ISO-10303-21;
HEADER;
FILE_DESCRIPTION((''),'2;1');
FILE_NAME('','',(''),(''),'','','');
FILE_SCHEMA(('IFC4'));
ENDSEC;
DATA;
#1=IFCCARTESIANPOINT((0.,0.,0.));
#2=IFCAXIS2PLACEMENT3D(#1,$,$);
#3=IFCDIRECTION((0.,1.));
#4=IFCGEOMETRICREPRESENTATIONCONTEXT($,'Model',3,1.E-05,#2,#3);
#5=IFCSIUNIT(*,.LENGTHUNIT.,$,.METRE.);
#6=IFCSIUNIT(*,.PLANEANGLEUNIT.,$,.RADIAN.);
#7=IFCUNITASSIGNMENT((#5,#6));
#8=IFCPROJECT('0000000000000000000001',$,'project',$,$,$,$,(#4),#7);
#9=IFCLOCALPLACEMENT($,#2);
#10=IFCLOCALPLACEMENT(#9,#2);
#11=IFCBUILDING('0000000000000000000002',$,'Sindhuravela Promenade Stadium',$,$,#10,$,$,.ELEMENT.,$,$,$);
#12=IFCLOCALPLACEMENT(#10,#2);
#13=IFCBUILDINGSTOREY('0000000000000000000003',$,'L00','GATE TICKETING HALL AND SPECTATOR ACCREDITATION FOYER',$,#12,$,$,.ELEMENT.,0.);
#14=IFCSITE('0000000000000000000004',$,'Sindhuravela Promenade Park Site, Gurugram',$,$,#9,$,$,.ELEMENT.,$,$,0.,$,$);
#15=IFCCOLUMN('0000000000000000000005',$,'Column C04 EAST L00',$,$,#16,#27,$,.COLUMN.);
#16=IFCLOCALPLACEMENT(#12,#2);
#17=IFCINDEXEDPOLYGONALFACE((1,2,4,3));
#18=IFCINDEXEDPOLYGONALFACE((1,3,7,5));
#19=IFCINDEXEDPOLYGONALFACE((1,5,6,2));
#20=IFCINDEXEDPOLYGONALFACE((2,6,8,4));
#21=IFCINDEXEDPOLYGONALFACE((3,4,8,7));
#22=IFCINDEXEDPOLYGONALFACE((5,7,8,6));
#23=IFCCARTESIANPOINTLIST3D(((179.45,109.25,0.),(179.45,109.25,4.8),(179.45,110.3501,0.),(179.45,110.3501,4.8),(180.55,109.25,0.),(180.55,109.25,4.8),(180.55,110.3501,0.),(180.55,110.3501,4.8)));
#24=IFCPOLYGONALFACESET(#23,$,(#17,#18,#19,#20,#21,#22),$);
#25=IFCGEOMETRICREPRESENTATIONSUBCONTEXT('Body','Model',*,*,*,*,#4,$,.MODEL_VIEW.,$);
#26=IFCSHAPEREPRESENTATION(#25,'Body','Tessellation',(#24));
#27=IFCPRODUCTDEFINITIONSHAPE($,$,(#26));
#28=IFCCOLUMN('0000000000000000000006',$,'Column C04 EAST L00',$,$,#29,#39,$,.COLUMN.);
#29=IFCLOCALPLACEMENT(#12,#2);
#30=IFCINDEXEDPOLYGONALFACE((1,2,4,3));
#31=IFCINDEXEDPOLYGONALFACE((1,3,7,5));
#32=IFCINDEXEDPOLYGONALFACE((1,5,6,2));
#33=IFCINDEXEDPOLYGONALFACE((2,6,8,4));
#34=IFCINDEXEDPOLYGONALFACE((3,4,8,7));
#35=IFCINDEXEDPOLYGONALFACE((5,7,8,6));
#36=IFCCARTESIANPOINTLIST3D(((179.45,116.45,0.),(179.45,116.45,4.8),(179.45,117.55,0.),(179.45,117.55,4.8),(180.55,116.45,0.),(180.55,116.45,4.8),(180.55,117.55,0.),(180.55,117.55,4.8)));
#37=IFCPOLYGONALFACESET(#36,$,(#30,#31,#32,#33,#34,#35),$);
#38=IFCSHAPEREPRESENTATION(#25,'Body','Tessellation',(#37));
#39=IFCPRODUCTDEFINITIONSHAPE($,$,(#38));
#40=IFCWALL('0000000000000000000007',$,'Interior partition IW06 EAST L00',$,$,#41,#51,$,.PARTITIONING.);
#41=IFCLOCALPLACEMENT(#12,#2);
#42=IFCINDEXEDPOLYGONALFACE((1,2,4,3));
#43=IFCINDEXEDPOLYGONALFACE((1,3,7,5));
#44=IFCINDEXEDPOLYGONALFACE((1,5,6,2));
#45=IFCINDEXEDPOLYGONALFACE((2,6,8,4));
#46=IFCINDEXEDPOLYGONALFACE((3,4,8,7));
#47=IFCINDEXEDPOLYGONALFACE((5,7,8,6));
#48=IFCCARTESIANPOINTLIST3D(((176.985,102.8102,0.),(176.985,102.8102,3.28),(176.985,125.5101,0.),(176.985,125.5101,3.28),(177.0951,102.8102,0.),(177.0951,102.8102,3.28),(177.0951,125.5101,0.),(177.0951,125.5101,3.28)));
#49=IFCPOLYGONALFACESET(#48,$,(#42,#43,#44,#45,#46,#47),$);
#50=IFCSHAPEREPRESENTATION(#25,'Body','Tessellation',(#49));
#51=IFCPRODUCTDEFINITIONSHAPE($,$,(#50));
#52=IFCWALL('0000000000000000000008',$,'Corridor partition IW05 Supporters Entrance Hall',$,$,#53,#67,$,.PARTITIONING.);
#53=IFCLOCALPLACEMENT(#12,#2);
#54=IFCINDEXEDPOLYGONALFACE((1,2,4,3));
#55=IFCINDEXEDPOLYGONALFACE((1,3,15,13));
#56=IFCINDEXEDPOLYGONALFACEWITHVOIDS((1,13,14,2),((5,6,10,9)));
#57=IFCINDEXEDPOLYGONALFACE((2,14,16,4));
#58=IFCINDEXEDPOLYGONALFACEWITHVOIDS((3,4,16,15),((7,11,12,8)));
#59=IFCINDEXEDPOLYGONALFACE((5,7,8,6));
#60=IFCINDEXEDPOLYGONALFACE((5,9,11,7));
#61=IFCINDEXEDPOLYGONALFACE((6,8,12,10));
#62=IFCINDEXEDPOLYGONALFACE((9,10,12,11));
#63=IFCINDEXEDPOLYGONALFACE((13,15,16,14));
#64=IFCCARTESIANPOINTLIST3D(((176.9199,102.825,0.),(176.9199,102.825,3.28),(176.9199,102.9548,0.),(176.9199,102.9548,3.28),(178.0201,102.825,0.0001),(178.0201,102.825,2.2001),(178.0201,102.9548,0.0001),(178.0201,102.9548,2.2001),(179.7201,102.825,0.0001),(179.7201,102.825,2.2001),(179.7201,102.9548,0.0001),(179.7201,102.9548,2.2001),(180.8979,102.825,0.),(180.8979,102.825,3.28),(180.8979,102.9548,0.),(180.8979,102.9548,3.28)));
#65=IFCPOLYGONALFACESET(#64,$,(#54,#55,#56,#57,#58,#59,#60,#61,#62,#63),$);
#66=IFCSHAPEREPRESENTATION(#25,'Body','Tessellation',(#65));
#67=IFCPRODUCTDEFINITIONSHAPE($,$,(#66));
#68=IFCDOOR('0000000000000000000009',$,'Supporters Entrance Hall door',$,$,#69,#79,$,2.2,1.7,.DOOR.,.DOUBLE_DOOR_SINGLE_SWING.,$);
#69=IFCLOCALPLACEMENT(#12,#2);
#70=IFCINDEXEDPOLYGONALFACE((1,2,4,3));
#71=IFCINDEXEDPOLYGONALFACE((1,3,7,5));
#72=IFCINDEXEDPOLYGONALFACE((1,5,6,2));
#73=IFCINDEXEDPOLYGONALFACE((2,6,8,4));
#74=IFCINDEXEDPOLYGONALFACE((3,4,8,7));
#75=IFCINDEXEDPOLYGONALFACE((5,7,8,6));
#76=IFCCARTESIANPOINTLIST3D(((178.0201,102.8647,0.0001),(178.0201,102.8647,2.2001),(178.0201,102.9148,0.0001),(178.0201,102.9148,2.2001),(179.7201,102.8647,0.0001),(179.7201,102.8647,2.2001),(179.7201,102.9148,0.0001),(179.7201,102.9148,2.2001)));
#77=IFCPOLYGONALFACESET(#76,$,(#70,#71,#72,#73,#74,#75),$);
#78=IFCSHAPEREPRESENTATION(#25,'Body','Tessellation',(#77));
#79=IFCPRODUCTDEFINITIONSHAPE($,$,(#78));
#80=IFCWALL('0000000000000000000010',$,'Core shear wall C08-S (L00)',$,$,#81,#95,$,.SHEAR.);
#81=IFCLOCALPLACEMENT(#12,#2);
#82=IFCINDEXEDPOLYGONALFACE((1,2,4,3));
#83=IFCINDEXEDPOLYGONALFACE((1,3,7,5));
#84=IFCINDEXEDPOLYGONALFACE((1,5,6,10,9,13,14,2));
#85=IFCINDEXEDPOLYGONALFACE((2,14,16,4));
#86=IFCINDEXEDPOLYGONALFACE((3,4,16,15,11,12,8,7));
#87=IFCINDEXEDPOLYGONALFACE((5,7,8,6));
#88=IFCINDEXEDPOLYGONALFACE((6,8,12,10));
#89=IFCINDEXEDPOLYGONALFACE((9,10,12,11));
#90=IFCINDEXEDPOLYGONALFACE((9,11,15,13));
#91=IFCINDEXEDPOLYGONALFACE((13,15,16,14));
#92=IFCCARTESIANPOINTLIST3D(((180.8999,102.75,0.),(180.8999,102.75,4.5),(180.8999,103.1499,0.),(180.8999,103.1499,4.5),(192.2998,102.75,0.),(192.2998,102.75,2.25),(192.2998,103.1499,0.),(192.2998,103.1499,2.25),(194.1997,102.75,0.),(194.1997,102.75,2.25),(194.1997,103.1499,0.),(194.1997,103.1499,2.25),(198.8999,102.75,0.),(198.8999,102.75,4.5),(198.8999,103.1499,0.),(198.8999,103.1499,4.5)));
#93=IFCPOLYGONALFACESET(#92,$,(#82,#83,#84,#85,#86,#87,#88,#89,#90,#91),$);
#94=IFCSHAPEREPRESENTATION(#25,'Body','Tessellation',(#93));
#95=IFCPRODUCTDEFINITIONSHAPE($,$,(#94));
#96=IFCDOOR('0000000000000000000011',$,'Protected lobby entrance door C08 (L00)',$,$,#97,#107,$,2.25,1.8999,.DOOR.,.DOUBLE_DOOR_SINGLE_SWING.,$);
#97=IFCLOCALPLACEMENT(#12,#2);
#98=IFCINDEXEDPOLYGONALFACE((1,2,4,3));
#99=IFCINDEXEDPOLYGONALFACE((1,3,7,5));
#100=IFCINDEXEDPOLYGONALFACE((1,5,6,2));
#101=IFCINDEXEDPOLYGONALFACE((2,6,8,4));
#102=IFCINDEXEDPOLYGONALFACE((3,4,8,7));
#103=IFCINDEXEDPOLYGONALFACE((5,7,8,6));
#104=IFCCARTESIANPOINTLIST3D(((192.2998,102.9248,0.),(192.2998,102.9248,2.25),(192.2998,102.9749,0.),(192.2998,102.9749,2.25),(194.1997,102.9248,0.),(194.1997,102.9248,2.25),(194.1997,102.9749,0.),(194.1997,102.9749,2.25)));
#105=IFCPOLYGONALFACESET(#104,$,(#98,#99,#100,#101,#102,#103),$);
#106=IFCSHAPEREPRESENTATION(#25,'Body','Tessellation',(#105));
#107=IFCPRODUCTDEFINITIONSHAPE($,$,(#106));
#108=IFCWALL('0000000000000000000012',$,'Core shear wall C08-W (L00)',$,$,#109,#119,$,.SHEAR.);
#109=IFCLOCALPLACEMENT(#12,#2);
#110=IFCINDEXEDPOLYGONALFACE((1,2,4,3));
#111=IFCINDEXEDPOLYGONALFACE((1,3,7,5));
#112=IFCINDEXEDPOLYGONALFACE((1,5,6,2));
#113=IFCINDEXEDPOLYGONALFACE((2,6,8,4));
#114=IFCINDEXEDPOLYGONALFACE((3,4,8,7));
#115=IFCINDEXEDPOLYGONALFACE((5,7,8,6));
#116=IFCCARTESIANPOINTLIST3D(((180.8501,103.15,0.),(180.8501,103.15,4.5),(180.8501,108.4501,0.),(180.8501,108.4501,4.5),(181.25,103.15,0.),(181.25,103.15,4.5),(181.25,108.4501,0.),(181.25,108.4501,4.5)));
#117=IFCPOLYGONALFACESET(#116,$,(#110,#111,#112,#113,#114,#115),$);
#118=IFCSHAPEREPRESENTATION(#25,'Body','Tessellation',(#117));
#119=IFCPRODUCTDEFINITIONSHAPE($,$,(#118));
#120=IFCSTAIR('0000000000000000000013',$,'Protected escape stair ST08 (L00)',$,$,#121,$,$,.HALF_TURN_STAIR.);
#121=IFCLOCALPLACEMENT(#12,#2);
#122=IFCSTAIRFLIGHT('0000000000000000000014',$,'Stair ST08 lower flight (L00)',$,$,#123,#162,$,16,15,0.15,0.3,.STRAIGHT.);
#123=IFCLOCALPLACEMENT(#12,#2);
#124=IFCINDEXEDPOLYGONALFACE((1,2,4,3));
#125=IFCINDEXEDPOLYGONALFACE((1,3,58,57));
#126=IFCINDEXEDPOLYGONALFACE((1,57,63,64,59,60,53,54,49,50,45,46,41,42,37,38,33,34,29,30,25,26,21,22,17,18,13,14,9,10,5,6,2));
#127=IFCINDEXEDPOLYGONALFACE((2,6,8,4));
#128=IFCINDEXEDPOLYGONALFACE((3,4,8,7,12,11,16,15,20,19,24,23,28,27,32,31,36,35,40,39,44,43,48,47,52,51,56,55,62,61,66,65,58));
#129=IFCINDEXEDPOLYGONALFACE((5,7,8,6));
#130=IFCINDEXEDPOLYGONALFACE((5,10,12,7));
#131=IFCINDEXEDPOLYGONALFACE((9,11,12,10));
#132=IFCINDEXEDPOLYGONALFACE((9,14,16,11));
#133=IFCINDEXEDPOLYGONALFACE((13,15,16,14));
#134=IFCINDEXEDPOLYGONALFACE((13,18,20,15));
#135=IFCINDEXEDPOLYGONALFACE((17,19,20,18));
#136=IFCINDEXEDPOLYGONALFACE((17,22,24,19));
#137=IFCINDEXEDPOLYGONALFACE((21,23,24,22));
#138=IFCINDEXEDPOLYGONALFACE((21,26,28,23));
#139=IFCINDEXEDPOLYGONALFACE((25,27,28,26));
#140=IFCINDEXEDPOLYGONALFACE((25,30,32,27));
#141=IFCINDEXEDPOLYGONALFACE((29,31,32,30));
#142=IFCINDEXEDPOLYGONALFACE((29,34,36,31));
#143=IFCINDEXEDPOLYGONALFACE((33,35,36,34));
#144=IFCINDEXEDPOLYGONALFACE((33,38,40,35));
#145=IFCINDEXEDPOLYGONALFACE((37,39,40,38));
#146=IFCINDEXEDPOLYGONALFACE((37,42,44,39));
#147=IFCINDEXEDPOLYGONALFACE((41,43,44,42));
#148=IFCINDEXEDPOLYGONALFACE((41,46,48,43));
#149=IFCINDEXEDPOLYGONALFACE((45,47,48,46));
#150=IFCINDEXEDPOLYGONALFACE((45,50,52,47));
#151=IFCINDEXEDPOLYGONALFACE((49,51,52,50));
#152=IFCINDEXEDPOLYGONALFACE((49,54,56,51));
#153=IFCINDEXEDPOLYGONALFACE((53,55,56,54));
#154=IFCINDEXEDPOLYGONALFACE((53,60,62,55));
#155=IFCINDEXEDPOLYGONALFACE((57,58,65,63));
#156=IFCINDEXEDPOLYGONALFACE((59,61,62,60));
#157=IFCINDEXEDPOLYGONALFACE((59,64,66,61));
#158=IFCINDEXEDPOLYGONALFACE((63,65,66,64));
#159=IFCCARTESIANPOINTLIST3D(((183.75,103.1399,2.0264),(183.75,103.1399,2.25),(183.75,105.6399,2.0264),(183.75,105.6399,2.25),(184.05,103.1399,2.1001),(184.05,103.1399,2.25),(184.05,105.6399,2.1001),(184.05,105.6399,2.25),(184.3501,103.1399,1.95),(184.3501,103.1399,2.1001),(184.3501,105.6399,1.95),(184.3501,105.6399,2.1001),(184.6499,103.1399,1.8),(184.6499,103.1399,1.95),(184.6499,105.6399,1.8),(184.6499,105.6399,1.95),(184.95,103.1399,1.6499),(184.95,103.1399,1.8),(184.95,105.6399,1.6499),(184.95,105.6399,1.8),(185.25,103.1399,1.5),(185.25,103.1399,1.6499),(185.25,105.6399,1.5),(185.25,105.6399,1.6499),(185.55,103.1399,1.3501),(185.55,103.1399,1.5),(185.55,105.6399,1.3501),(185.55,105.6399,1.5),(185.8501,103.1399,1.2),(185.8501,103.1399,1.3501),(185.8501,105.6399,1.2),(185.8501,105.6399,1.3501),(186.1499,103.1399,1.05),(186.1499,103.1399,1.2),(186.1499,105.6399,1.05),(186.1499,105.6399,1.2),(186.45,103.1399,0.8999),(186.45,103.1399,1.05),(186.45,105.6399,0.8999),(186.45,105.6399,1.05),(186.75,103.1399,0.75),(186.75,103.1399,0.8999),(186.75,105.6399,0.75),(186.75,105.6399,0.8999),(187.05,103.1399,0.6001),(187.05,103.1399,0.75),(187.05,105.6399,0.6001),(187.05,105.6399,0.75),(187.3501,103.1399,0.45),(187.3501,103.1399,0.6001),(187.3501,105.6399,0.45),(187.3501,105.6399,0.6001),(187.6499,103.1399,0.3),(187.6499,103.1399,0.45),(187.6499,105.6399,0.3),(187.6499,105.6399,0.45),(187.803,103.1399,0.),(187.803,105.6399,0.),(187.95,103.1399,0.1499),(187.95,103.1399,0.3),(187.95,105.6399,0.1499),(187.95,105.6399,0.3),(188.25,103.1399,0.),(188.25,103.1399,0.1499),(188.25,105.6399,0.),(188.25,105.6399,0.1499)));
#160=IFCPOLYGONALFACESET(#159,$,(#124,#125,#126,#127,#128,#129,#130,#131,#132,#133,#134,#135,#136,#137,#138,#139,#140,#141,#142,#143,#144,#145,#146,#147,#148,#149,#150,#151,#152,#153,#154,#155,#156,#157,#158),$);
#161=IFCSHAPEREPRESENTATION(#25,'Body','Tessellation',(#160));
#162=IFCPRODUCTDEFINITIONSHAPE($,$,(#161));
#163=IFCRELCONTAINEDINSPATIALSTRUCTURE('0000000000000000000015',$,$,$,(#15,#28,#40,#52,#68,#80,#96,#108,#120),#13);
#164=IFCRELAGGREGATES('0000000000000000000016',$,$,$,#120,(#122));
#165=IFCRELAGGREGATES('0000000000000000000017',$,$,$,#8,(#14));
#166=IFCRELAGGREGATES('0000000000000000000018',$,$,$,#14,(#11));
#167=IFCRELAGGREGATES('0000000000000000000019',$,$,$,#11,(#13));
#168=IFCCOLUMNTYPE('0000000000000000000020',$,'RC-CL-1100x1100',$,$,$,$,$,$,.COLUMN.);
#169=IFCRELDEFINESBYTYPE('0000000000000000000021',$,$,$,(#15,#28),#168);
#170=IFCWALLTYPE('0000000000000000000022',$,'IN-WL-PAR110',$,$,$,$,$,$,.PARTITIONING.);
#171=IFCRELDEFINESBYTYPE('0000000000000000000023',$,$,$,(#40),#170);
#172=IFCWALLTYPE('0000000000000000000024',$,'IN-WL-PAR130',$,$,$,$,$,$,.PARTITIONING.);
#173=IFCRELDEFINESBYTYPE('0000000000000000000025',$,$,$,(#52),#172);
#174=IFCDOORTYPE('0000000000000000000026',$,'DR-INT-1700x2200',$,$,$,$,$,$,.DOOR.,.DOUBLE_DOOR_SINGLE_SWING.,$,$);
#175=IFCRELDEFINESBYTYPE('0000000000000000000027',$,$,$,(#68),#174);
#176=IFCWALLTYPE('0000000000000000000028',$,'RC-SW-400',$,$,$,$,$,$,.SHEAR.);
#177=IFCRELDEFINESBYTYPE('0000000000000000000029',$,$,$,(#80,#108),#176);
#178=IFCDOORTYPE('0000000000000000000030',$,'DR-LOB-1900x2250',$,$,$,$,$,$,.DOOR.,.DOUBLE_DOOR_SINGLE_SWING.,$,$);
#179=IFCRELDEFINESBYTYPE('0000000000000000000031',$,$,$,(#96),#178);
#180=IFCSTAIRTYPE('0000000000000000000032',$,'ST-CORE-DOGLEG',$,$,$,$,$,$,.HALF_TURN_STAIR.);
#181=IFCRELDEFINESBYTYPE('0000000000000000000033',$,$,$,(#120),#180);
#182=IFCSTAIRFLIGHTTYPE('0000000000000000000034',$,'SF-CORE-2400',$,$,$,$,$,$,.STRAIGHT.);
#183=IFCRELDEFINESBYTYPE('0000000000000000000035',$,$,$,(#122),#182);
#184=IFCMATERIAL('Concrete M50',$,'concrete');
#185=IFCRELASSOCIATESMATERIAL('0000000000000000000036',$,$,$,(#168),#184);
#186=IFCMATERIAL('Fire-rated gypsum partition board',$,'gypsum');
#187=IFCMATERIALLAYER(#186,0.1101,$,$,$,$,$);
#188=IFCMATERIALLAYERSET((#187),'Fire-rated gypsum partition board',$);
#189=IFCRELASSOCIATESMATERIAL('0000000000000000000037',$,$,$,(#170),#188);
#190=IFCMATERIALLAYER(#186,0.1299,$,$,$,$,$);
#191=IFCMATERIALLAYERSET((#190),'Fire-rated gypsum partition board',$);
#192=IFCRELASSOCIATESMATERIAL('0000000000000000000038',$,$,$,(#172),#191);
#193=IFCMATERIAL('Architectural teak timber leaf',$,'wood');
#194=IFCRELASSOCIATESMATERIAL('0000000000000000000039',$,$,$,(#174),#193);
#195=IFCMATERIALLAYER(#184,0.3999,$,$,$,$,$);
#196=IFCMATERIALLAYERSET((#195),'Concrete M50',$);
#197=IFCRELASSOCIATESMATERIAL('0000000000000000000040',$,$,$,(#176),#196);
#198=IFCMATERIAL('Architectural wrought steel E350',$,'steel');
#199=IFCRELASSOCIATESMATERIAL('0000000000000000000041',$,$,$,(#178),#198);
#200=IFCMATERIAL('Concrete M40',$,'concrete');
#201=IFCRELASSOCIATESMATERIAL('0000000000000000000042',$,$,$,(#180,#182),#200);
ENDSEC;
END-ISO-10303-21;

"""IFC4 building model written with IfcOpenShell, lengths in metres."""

from ifc_helpers import new_model, si_unit, direction, frame, frame_2d, origin, origin_2d, place, context, subcontext, project, spatial, polyline, rectangle, outline, extrude, material, layer, layer_set, material_profile, profile_set, type_object, element, fill, aggregate, save


model = new_model("IFC4")

# Units and contexts
model_context = context("Model", 3, precision=1e-05, world=origin(), true_north=direction((0.0, 1.0)))
body_context = subcontext(model_context, "Body", "Model", "MODEL_VIEW")
ifc_project = project(units=[si_unit("LENGTHUNIT", "METRE"), si_unit("PLANEANGLEUNIT", "RADIAN")], contexts=[model_context])

# Site, building, storey
site_placement = place(None, origin())
site = spatial("IfcSite", under=ifc_project, at=site_placement, Name="Sindhuravela Promenade Park Site, Gurugram", CompositionType="ELEMENT", RefElevation=0.0)
building_placement = place(site_placement, origin())
building = spatial("IfcBuilding", under=site, at=building_placement, Name="Sindhuravela Promenade Stadium", CompositionType="ELEMENT")
storey_placement = place(building_placement, origin())
storey = spatial("IfcBuildingStorey", under=building, at=storey_placement, Name="L00", Description="GATE TICKETING HALL AND SPECTATOR ACCREDITATION FOYER", CompositionType="ELEMENT", Elevation=0.0)

# Shared definitions
ifc_material_1 = material(Name="Concrete M50", Category="concrete")

# Shared definitions
ifc_material_2 = material(Name="Concrete M40", Category="concrete")

# Columns
ifc_material_profile_1 = material_profile(ifc_material_1, rectangle(XDim=1.1001, YDim=1.1001, at=origin_2d()), Name="RC 1100x1100")
ifc_profile_set_1 = profile_set([ifc_material_profile_1], Name="Concrete M50")
column_type = type_object("IfcColumnType", Name="RC-CL-1100x1100", PredefinedType="COLUMN", material=ifc_profile_set_1)
for number, where, z_axis, x_axis, name in (
    (1, (180.0, 109.8, 0.0), (0.0, 0.0, 1.0), (1.0, 0.0, 0.0), "Column C04 EAST L00"),
    (2, (180.0, 117.0, 0.0), (0.0, 0.0, 1.0), (1.0, 0.0, 0.0), "Column C04 EAST L00"),
):
    element("IfcColumn", number, at=place(storey_placement, frame(where, z_axis=z_axis, x_axis=x_axis)), inside=storey, type_object=column_type, Name=name, PredefinedType="COLUMN", context=body_context, shape_type="SweptSolid", body=[
        extrude(rectangle(XDim=1.1001, YDim=1.1001, at=origin_2d()), origin(), (0.0, 0.0, 1.0), 4.8),
    ])

# Wall
ifc_material_3 = material(Name="Fire-rated gypsum partition board", Category="gypsum")
ifc_layer_1 = layer(ifc_material_3, 0.1101)
ifc_layer_set_1 = layer_set([ifc_layer_1], Name="Fire-rated gypsum partition board")
wall_type_1 = type_object("IfcWallType", Name="IN-WL-PAR110", PredefinedType="PARTITIONING", material=ifc_layer_set_1)
wall_1_placement = place(storey_placement, frame((177.04, 102.8101, 0.0), z_axis=(0.0, 0.0, 1.0), x_axis=(0.0, 1.0, 0.0)))
element("IfcWall", 3, at=wall_1_placement, inside=storey, type_object=wall_type_1, Name="Interior partition IW06 EAST L00", PredefinedType="PARTITIONING", context=body_context, shape_type="SweptSolid", body=[
    extrude(rectangle(XDim=22.7, YDim=0.1101, at=frame_2d((11.3501, 0.0))), origin(), (0.0, 0.0, 1.0), 3.28),
])

# Walls, openings, doors
ifc_layer_2 = layer(ifc_material_3, 0.1299)
ifc_layer_set_2 = layer_set([ifc_layer_2], Name="Fire-rated gypsum partition board")
wall_type_2 = type_object("IfcWallType", Name="IN-WL-PAR130", PredefinedType="PARTITIONING", material=ifc_layer_set_2)
wall_2_placement = place(storey_placement, frame((176.9199, 102.8899, 0.0), z_axis=(0.0, 0.0, 1.0), x_axis=(1.0, 0.0, 0.0)))
wall_2 = element("IfcWall", 4, at=wall_2_placement, inside=storey, type_object=wall_type_2, Name="Corridor partition IW05 Supporters Entrance Hall", PredefinedType="PARTITIONING", context=body_context, shape_type="SweptSolid", body=[
    extrude(rectangle(XDim=3.978, YDim=0.1299, at=frame_2d((1.989, 0.0))), origin(), (0.0, 0.0, 1.0), 3.28),
])
opening_1_placement = place(wall_2_placement, frame((1.1001, 0.0, 0.0)))
opening_1 = element("IfcOpeningElement", 5, at=opening_1_placement, cuts=wall_2, PredefinedType="OPENING", context=body_context, shape_type="SweptSolid", body=[
    extrude(rectangle(XDim=1.7, YDim=2.2, at=frame_2d((0.8501, 1.1001))), frame((0.0, 0.075, 0.0), z_axis=(0.0, -1.0, 0.0), x_axis=(1.0, 0.0, 0.0)), (0.0, 0.0, 1.0), 0.1499),
])
ifc_material_4 = material(Name="Architectural teak timber leaf", Category="wood")
door_type_1 = type_object("IfcDoorType", Name="DR-INT-1700x2200", OperationType="DOUBLE_DOOR_SINGLE_SWING", PredefinedType="DOOR", material=ifc_material_4)
door_1_placement = place(opening_1_placement, origin())
door_1 = element("IfcDoor", 6, at=door_1_placement, inside=storey, type_object=door_type_1, Name="Supporters Entrance Hall door", OperationType="DOUBLE_DOOR_SINGLE_SWING", OverallHeight=2.2, OverallWidth=1.7, PredefinedType="DOOR", context=body_context, shape_type="SweptSolid", body=[
    extrude(rectangle(XDim=1.7, YDim=2.2, at=frame_2d((0.8501, 1.1001))), frame((0.0, 0.0249, 0.0), z_axis=(0.0, -1.0, 0.0), x_axis=(1.0, 0.0, 0.0)), (0.0, 0.0, 1.0), 0.05),
])
fill(opening_1, door_1)
ifc_layer_3 = layer(ifc_material_1, 0.3999)
ifc_layer_set_3 = layer_set([ifc_layer_3], Name="Concrete M50")
wall_type_3 = type_object("IfcWallType", Name="RC-SW-400", PredefinedType="SHEAR", material=ifc_layer_set_3)
wall_3_placement = place(storey_placement, frame((180.8999, 102.95, 0.0), z_axis=(0.0, 0.0, 1.0), x_axis=(1.0, 0.0, 0.0)))
wall_3 = element("IfcWall", 7, at=wall_3_placement, inside=storey, type_object=wall_type_3, Name="Core shear wall C08-S (L00)", PredefinedType="SHEAR", context=body_context, shape_type="SweptSolid", body=[
    extrude(rectangle(XDim=18.0, YDim=0.3999, at=frame_2d((9.0, 0.0))), origin(), (0.0, 0.0, 1.0), 4.5),
])
opening_2_placement = place(wall_3_placement, frame((11.3999, 0.0, 0.0)))
opening_2 = element("IfcOpeningElement", 8, at=opening_2_placement, cuts=wall_3, PredefinedType="OPENING", context=body_context, shape_type="SweptSolid", body=[
    extrude(rectangle(XDim=1.8999, YDim=2.25, at=frame_2d((0.95, 1.125))), frame((0.0, 0.21, 0.0), z_axis=(0.0, -1.0, 0.0), x_axis=(1.0, 0.0, 0.0)), (0.0, 0.0, 1.0), 0.4199),
])
ifc_material_5 = material(Name="Architectural wrought steel E350", Category="steel")
door_type_2 = type_object("IfcDoorType", Name="DR-LOB-1900x2250", OperationType="DOUBLE_DOOR_SINGLE_SWING", PredefinedType="DOOR", material=ifc_material_5)
door_2_placement = place(opening_2_placement, origin())
door_2 = element("IfcDoor", 9, at=door_2_placement, inside=storey, type_object=door_type_2, Name="Protected lobby entrance door C08 (L00)", OperationType="DOUBLE_DOOR_SINGLE_SWING", OverallHeight=2.25, OverallWidth=1.8999, PredefinedType="DOOR", context=body_context, shape_type="SweptSolid", body=[
    extrude(rectangle(XDim=1.8999, YDim=2.25, at=frame_2d((0.95, 1.125))), frame((0.0, 0.0249, 0.0), z_axis=(0.0, -1.0, 0.0), x_axis=(1.0, 0.0, 0.0)), (0.0, 0.0, 1.0), 0.05),
])
fill(opening_2, door_2)

# Wall
wall_4_placement = place(storey_placement, frame((181.05, 108.45, 0.0), z_axis=(0.0, 0.0, 1.0), x_axis=(0.0, -1.0, 0.0)))
element("IfcWall", 10, at=wall_4_placement, inside=storey, type_object=wall_type_3, Name="Core shear wall C08-W (L00)", PredefinedType="SHEAR", context=body_context, shape_type="SweptSolid", body=[
    extrude(rectangle(XDim=5.3, YDim=0.3999, at=frame_2d((2.6499, 0.0))), origin(), (0.0, 0.0, 1.0), 4.5),
])

# Stair, stair flight
stair_type = type_object("IfcStairType", Name="ST-CORE-DOGLEG", PredefinedType="HALF_TURN_STAIR", material=ifc_material_2)
stair_placement = place(storey_placement, origin())
stair = element("IfcStair", 11, at=stair_placement, inside=storey, type_object=stair_type, Name="Protected escape stair ST08 (L00)", PredefinedType="HALF_TURN_STAIR")
stair_flight_type = type_object("IfcStairFlightType", Name="SF-CORE-2400", PredefinedType="STRAIGHT", material=ifc_material_2)
stair_flight_1_placement = place(storey_placement, frame((188.25, 104.3899, 0.0), z_axis=(0.0, 0.0, 1.0), x_axis=(-1.0, 0.0, 0.0)))
stair_flight_1 = element("IfcStairFlight", 12, at=stair_flight_1_placement, type_object=stair_flight_type, Name="Stair ST08 lower flight (L00)", NumberOfRisers=16, NumberOfTreads=15, PredefinedType="STRAIGHT", RiserHeight=0.15, TreadLength=0.3, context=body_context, shape_type="SweptSolid", body=[
    extrude(outline(polyline([(0.0, 0.0), (0.0, 0.1499), (0.3, 0.1499), (0.3, 0.3), (0.6001, 0.3), (0.6001, 0.45), (0.8999, 0.45), (0.8999, 0.6001), (1.2, 0.6001), (1.2, 0.75), (1.5, 0.75), (1.5, 0.8999), (1.8, 0.8999), (1.8, 1.05), (2.1001, 1.05), (2.1001, 1.2), (2.3999, 1.2), (2.3999, 1.3501), (2.7, 1.3501), (2.7, 1.5), (3.0, 1.5), (3.0, 1.6499), (3.3, 1.6499), (3.3, 1.8), (3.6001, 1.8), (3.6001, 1.95), (3.8999, 1.95), (3.8999, 2.1001), (4.2, 2.1001), (4.2, 2.25), (4.5, 2.25), (4.5, 2.3999), (4.5, 2.0264), (0.447, 0.0), (0.0, 0.0)])), frame((0.0, 1.25, 0.0), z_axis=(0.0, -1.0, 0.0), x_axis=(1.0, 0.0, 0.0)), (0.0, 0.0, 1.0), 2.5),
])
aggregate(stair, [stair_flight_1])

save(model, "model.ifc")
